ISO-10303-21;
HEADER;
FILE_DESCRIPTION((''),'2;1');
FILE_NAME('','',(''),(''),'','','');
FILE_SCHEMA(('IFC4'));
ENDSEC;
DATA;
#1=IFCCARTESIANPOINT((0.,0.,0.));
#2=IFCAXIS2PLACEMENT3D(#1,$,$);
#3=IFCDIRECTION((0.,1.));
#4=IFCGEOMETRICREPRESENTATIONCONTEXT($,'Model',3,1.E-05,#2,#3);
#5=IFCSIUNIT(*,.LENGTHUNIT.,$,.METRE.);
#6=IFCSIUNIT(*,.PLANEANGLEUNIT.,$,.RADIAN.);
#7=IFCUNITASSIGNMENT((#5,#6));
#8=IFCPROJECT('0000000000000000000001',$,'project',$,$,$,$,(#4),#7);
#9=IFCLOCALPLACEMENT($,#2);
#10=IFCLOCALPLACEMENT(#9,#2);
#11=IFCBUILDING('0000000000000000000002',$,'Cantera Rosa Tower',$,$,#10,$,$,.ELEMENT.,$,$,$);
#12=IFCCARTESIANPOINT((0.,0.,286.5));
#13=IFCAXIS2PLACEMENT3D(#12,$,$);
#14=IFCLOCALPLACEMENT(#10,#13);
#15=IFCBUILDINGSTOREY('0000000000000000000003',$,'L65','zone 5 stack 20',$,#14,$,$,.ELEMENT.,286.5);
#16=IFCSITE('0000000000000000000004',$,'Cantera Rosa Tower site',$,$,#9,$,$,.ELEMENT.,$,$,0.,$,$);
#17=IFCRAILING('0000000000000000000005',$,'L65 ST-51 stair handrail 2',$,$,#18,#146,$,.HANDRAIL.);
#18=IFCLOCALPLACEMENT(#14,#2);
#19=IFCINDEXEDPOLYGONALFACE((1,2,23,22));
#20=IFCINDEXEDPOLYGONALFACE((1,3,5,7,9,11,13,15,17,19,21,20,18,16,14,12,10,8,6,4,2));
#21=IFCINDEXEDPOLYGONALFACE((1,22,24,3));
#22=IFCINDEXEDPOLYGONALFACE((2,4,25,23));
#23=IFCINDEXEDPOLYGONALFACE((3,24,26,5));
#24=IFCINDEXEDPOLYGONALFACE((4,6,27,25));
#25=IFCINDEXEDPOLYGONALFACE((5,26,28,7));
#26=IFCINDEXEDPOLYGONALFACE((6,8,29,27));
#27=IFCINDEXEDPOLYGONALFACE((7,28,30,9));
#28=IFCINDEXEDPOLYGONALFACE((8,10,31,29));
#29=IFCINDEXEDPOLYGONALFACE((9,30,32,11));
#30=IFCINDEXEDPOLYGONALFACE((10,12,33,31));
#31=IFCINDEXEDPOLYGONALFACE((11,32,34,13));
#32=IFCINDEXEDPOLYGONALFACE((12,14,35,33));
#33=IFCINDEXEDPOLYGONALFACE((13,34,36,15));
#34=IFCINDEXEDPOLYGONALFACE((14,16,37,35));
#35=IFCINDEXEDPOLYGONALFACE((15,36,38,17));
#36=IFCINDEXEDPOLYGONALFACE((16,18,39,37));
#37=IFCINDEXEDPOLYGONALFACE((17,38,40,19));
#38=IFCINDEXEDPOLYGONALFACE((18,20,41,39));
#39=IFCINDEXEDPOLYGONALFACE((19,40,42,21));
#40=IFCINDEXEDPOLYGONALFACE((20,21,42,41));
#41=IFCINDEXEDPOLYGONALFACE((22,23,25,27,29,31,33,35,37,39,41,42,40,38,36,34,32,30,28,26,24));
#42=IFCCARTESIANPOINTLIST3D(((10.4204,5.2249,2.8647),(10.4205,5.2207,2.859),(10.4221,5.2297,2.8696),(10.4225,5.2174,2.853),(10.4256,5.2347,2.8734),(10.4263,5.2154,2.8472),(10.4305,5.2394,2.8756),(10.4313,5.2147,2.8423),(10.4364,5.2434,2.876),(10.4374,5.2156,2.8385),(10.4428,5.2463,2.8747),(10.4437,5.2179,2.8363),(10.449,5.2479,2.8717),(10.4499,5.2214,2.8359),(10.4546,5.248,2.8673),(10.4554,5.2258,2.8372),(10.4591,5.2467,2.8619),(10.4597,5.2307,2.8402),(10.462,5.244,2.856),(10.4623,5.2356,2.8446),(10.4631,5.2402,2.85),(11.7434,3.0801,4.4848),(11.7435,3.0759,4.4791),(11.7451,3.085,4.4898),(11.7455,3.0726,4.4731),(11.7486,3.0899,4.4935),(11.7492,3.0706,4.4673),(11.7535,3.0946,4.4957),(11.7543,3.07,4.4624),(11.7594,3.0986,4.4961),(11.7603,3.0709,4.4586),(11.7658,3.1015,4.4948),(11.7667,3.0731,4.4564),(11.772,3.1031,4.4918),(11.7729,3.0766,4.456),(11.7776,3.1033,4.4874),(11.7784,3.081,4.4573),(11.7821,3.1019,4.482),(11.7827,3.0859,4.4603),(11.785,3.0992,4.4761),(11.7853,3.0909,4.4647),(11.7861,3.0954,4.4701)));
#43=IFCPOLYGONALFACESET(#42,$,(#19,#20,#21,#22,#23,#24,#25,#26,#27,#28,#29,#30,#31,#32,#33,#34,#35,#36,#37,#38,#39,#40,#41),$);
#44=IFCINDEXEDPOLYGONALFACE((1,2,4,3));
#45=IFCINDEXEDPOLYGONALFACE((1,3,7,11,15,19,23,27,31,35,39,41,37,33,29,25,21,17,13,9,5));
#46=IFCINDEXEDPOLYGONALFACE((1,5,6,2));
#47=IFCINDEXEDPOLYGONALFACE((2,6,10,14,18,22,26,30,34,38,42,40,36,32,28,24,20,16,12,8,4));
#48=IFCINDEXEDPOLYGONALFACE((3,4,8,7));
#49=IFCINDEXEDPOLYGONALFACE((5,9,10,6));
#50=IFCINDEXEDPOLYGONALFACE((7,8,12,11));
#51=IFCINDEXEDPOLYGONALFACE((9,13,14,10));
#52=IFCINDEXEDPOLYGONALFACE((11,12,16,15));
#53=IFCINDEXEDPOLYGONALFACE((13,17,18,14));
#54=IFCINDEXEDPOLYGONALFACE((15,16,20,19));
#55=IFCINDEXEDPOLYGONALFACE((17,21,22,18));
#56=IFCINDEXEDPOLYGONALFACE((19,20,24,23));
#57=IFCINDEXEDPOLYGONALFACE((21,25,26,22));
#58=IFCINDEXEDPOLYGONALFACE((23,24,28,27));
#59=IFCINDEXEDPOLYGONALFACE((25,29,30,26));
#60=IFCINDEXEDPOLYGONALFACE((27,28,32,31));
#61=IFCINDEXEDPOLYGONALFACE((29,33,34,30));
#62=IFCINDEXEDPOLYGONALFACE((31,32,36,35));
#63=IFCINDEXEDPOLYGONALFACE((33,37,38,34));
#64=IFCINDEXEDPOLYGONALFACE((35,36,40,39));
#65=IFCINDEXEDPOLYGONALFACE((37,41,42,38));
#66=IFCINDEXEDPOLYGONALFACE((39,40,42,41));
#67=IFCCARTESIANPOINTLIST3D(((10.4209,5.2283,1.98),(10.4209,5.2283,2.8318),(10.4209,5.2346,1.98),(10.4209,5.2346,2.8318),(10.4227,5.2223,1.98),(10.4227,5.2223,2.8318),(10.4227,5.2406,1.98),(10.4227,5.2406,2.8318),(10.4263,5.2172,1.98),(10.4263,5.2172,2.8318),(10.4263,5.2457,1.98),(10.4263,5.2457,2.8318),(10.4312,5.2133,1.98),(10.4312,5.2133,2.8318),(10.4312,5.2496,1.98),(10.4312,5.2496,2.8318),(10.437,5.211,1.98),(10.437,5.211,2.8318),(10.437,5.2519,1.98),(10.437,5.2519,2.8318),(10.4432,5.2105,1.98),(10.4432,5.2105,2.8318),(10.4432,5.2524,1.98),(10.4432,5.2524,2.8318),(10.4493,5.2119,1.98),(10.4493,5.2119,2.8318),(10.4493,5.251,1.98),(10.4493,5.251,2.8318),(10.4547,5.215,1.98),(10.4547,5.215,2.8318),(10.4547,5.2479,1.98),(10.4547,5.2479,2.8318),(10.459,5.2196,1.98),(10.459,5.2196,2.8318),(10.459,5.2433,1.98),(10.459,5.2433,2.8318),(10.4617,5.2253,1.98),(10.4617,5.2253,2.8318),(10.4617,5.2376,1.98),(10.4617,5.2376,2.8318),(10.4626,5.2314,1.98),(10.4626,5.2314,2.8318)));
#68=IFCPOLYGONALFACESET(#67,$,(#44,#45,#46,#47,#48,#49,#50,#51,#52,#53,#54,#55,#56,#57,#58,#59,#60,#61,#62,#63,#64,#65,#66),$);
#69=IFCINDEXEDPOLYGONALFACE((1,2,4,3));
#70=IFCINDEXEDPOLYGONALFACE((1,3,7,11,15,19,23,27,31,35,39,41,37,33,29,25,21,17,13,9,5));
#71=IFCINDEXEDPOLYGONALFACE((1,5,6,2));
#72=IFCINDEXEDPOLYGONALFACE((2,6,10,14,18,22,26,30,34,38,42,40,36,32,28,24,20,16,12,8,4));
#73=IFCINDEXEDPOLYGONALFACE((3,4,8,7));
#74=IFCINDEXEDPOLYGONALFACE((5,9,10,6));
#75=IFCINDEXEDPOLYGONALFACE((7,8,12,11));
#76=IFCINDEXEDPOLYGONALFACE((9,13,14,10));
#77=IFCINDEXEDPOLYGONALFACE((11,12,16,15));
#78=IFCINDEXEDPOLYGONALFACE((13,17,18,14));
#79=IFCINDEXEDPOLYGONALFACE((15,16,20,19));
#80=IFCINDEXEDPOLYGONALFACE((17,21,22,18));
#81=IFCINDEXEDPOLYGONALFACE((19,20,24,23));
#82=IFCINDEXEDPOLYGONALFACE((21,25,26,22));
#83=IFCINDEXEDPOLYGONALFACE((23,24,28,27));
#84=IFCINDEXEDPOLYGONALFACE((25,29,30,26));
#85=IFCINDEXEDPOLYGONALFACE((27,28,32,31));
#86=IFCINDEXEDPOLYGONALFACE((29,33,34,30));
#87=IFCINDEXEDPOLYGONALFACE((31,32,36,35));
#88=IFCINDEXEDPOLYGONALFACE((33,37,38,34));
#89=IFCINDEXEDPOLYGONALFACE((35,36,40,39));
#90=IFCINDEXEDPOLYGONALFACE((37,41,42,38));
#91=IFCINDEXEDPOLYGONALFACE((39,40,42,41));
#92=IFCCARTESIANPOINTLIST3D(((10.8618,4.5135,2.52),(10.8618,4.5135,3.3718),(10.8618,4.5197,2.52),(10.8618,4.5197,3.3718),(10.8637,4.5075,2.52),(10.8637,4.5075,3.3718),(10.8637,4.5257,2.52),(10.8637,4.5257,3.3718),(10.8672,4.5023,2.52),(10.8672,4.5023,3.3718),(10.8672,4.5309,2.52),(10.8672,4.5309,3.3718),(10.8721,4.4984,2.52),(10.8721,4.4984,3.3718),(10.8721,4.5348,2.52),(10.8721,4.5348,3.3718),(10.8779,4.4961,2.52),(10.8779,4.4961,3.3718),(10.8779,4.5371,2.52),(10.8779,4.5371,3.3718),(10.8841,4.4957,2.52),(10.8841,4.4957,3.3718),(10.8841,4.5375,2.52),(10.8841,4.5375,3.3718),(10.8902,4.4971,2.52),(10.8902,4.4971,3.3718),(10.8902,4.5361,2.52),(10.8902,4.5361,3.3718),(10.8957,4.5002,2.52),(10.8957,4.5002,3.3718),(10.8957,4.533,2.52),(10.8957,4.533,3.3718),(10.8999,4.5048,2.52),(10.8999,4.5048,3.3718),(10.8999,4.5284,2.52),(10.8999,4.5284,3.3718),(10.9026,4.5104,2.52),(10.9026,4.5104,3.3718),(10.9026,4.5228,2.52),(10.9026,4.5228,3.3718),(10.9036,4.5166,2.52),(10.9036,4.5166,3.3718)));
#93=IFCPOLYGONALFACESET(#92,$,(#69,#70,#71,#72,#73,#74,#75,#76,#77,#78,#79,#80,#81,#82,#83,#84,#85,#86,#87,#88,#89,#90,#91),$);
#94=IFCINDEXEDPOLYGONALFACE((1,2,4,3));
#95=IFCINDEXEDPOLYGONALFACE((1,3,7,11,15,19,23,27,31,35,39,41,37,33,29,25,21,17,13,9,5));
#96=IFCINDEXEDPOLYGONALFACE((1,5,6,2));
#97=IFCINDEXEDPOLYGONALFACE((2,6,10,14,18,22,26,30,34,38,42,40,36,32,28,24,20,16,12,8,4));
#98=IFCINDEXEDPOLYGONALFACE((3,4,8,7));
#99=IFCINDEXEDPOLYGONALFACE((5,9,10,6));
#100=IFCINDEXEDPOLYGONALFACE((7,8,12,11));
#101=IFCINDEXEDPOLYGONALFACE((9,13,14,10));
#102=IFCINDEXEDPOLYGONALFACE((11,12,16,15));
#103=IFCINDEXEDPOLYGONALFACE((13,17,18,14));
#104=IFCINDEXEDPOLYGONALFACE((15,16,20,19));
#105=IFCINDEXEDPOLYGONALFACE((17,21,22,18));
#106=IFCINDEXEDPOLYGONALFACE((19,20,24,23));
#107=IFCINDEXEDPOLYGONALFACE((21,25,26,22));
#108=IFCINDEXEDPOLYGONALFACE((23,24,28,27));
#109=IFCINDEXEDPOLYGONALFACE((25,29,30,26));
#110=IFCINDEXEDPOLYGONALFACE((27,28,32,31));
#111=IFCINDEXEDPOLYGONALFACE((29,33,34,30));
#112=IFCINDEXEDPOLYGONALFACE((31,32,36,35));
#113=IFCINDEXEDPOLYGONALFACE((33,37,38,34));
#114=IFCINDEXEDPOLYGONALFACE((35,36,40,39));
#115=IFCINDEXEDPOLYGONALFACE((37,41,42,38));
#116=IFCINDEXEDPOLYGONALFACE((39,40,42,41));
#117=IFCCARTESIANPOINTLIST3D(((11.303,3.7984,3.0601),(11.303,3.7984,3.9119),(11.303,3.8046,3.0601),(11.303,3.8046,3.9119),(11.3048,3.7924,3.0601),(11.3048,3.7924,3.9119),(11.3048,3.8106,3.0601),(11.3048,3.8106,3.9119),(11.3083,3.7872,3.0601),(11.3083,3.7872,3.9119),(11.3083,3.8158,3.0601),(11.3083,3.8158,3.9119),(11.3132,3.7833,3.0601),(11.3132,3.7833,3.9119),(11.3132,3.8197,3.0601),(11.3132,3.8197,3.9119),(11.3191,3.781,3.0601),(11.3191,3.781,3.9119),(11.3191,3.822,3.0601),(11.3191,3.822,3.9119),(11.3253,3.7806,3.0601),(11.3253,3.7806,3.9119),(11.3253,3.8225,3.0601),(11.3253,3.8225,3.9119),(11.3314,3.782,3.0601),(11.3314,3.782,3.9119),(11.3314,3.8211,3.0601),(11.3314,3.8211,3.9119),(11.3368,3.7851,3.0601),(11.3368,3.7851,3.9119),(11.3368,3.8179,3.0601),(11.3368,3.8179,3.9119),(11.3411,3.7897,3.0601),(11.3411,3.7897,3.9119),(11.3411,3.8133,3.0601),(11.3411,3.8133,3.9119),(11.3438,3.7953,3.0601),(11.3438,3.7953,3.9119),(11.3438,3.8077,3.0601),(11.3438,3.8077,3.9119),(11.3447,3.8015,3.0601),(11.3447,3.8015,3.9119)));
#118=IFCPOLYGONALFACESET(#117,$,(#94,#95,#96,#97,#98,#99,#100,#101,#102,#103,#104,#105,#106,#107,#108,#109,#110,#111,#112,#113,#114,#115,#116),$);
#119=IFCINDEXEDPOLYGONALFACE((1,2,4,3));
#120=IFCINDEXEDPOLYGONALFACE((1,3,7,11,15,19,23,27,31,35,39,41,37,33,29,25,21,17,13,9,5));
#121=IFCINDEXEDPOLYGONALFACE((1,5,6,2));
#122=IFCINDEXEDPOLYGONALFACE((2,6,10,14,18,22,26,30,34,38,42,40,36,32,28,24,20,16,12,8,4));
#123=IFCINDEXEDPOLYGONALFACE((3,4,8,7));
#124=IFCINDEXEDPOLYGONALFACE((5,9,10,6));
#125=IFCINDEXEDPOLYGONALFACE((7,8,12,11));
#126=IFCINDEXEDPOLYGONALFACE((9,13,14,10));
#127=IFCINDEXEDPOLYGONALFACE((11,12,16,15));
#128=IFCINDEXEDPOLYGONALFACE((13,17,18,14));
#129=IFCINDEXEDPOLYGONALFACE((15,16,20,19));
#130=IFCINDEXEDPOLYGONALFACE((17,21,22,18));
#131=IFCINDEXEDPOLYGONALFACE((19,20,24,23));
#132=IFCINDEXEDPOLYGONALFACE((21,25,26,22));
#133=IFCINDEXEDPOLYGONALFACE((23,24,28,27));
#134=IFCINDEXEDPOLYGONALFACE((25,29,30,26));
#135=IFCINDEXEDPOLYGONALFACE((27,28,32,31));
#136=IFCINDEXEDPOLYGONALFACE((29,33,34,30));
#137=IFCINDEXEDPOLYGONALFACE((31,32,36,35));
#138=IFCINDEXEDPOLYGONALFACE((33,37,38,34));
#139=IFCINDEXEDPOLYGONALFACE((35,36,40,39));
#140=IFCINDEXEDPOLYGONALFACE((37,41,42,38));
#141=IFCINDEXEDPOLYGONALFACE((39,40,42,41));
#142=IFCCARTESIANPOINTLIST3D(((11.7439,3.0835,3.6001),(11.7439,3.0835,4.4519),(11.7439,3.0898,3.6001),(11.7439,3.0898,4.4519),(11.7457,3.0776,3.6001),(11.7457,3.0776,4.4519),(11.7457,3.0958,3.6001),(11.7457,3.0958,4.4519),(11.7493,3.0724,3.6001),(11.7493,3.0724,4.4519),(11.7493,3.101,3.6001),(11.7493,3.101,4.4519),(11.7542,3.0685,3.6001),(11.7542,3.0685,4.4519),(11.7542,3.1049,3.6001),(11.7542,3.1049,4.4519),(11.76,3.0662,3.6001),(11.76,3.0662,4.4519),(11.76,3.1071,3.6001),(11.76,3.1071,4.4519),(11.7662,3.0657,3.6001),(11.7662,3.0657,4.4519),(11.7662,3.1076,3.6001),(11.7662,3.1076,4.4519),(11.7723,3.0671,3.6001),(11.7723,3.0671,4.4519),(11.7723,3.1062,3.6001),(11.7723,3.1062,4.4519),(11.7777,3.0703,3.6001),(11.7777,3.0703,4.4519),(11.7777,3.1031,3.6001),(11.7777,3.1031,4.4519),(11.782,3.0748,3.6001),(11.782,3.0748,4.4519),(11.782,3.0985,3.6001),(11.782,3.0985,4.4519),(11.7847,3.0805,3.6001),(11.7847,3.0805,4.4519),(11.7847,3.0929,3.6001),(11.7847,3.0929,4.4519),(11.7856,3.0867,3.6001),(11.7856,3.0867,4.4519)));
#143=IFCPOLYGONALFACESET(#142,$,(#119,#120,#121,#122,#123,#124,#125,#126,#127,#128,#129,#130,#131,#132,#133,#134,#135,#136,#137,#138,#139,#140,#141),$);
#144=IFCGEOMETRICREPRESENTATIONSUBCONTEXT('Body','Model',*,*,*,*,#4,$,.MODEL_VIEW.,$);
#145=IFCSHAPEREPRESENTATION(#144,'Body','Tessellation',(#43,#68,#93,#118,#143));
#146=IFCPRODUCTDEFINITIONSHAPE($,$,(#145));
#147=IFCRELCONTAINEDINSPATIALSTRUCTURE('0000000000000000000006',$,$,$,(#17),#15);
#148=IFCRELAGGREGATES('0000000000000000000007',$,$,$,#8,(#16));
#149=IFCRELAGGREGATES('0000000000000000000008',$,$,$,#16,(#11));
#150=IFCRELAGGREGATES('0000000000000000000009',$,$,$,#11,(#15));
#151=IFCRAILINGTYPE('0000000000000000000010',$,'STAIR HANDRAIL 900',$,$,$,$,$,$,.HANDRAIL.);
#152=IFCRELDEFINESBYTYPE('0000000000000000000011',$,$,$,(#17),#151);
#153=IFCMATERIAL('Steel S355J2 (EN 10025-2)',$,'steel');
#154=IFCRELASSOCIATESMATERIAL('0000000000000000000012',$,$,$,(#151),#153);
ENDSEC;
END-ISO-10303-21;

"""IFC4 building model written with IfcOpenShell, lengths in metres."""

from ifc_helpers import new_model, si_unit, direction, frame, origin, origin_2d, place, context, subcontext, project, spatial, circle, extrude, material, type_object, element, save


model = new_model("IFC4")

# Units and contexts
model_context = context("Model", 3, precision=1e-05, world=origin(), true_north=direction((0.0, 1.0)))
body_context = subcontext(model_context, "Body", "Model", "MODEL_VIEW")
ifc_project = project(units=[si_unit("LENGTHUNIT", "METRE"), si_unit("PLANEANGLEUNIT", "RADIAN")], contexts=[model_context])

# Site, building, storey
site_placement = place(None, origin())
site = spatial("IfcSite", under=ifc_project, at=site_placement, Name="Cantera Rosa Tower site", CompositionType="ELEMENT", RefElevation=0.0)
building_placement = place(site_placement, origin())
building = spatial("IfcBuilding", under=site, at=building_placement, Name="Cantera Rosa Tower", CompositionType="ELEMENT")
storey_placement = place(building_placement, frame((0.0, 0.0, 286.5)))
storey = spatial("IfcBuildingStorey", under=building, at=storey_placement, Name="L65", Description="zone 5 stack 20", CompositionType="ELEMENT", Elevation=286.5)

# Railing
ifc_material_1 = material(Name="Steel S355J2 (EN 10025-2)", Category="steel")
railing_type_1 = type_object("IfcRailingType", Name="STAIR HANDRAIL 900", PredefinedType="HANDRAIL", material=ifc_material_1)
railing_1_placement = place(storey_placement, frame((10.4417, 5.2314, 1.98)))
element("IfcRailing", 1, at=railing_1_placement, inside=storey, type_object=railing_type_1, Name="L65 ST-51 stair handrail 2", PredefinedType="HANDRAIL", context=body_context, shape_type="SweptSolid", body=[
    extrude(circle(Radius=0.0239, at=origin_2d()), frame((0.0, 0.0, 0.876), z_axis=(0.441609, -0.715914, 0.540786), x_axis=(0.851102, 0.525, 0.0)), (0.0, 0.0, 1.0), 2.9958),
    extrude(circle(Radius=0.021, at=origin_2d()), origin(), (0.0, 0.0, 1.0), 0.8518),
    extrude(circle(Radius=0.021, at=origin_2d()), frame((0.4409, -0.7148, 0.54)), (0.0, 0.0, 1.0), 0.8518),
    extrude(circle(Radius=0.021, at=origin_2d()), frame((0.8821, -1.4299, 1.0801)), (0.0, 0.0, 1.0), 0.8518),
    extrude(circle(Radius=0.021, at=origin_2d()), frame((1.323, -2.1448, 1.6201)), (0.0, 0.0, 1.0), 0.8518),
])

save(model, "model.ifc")
